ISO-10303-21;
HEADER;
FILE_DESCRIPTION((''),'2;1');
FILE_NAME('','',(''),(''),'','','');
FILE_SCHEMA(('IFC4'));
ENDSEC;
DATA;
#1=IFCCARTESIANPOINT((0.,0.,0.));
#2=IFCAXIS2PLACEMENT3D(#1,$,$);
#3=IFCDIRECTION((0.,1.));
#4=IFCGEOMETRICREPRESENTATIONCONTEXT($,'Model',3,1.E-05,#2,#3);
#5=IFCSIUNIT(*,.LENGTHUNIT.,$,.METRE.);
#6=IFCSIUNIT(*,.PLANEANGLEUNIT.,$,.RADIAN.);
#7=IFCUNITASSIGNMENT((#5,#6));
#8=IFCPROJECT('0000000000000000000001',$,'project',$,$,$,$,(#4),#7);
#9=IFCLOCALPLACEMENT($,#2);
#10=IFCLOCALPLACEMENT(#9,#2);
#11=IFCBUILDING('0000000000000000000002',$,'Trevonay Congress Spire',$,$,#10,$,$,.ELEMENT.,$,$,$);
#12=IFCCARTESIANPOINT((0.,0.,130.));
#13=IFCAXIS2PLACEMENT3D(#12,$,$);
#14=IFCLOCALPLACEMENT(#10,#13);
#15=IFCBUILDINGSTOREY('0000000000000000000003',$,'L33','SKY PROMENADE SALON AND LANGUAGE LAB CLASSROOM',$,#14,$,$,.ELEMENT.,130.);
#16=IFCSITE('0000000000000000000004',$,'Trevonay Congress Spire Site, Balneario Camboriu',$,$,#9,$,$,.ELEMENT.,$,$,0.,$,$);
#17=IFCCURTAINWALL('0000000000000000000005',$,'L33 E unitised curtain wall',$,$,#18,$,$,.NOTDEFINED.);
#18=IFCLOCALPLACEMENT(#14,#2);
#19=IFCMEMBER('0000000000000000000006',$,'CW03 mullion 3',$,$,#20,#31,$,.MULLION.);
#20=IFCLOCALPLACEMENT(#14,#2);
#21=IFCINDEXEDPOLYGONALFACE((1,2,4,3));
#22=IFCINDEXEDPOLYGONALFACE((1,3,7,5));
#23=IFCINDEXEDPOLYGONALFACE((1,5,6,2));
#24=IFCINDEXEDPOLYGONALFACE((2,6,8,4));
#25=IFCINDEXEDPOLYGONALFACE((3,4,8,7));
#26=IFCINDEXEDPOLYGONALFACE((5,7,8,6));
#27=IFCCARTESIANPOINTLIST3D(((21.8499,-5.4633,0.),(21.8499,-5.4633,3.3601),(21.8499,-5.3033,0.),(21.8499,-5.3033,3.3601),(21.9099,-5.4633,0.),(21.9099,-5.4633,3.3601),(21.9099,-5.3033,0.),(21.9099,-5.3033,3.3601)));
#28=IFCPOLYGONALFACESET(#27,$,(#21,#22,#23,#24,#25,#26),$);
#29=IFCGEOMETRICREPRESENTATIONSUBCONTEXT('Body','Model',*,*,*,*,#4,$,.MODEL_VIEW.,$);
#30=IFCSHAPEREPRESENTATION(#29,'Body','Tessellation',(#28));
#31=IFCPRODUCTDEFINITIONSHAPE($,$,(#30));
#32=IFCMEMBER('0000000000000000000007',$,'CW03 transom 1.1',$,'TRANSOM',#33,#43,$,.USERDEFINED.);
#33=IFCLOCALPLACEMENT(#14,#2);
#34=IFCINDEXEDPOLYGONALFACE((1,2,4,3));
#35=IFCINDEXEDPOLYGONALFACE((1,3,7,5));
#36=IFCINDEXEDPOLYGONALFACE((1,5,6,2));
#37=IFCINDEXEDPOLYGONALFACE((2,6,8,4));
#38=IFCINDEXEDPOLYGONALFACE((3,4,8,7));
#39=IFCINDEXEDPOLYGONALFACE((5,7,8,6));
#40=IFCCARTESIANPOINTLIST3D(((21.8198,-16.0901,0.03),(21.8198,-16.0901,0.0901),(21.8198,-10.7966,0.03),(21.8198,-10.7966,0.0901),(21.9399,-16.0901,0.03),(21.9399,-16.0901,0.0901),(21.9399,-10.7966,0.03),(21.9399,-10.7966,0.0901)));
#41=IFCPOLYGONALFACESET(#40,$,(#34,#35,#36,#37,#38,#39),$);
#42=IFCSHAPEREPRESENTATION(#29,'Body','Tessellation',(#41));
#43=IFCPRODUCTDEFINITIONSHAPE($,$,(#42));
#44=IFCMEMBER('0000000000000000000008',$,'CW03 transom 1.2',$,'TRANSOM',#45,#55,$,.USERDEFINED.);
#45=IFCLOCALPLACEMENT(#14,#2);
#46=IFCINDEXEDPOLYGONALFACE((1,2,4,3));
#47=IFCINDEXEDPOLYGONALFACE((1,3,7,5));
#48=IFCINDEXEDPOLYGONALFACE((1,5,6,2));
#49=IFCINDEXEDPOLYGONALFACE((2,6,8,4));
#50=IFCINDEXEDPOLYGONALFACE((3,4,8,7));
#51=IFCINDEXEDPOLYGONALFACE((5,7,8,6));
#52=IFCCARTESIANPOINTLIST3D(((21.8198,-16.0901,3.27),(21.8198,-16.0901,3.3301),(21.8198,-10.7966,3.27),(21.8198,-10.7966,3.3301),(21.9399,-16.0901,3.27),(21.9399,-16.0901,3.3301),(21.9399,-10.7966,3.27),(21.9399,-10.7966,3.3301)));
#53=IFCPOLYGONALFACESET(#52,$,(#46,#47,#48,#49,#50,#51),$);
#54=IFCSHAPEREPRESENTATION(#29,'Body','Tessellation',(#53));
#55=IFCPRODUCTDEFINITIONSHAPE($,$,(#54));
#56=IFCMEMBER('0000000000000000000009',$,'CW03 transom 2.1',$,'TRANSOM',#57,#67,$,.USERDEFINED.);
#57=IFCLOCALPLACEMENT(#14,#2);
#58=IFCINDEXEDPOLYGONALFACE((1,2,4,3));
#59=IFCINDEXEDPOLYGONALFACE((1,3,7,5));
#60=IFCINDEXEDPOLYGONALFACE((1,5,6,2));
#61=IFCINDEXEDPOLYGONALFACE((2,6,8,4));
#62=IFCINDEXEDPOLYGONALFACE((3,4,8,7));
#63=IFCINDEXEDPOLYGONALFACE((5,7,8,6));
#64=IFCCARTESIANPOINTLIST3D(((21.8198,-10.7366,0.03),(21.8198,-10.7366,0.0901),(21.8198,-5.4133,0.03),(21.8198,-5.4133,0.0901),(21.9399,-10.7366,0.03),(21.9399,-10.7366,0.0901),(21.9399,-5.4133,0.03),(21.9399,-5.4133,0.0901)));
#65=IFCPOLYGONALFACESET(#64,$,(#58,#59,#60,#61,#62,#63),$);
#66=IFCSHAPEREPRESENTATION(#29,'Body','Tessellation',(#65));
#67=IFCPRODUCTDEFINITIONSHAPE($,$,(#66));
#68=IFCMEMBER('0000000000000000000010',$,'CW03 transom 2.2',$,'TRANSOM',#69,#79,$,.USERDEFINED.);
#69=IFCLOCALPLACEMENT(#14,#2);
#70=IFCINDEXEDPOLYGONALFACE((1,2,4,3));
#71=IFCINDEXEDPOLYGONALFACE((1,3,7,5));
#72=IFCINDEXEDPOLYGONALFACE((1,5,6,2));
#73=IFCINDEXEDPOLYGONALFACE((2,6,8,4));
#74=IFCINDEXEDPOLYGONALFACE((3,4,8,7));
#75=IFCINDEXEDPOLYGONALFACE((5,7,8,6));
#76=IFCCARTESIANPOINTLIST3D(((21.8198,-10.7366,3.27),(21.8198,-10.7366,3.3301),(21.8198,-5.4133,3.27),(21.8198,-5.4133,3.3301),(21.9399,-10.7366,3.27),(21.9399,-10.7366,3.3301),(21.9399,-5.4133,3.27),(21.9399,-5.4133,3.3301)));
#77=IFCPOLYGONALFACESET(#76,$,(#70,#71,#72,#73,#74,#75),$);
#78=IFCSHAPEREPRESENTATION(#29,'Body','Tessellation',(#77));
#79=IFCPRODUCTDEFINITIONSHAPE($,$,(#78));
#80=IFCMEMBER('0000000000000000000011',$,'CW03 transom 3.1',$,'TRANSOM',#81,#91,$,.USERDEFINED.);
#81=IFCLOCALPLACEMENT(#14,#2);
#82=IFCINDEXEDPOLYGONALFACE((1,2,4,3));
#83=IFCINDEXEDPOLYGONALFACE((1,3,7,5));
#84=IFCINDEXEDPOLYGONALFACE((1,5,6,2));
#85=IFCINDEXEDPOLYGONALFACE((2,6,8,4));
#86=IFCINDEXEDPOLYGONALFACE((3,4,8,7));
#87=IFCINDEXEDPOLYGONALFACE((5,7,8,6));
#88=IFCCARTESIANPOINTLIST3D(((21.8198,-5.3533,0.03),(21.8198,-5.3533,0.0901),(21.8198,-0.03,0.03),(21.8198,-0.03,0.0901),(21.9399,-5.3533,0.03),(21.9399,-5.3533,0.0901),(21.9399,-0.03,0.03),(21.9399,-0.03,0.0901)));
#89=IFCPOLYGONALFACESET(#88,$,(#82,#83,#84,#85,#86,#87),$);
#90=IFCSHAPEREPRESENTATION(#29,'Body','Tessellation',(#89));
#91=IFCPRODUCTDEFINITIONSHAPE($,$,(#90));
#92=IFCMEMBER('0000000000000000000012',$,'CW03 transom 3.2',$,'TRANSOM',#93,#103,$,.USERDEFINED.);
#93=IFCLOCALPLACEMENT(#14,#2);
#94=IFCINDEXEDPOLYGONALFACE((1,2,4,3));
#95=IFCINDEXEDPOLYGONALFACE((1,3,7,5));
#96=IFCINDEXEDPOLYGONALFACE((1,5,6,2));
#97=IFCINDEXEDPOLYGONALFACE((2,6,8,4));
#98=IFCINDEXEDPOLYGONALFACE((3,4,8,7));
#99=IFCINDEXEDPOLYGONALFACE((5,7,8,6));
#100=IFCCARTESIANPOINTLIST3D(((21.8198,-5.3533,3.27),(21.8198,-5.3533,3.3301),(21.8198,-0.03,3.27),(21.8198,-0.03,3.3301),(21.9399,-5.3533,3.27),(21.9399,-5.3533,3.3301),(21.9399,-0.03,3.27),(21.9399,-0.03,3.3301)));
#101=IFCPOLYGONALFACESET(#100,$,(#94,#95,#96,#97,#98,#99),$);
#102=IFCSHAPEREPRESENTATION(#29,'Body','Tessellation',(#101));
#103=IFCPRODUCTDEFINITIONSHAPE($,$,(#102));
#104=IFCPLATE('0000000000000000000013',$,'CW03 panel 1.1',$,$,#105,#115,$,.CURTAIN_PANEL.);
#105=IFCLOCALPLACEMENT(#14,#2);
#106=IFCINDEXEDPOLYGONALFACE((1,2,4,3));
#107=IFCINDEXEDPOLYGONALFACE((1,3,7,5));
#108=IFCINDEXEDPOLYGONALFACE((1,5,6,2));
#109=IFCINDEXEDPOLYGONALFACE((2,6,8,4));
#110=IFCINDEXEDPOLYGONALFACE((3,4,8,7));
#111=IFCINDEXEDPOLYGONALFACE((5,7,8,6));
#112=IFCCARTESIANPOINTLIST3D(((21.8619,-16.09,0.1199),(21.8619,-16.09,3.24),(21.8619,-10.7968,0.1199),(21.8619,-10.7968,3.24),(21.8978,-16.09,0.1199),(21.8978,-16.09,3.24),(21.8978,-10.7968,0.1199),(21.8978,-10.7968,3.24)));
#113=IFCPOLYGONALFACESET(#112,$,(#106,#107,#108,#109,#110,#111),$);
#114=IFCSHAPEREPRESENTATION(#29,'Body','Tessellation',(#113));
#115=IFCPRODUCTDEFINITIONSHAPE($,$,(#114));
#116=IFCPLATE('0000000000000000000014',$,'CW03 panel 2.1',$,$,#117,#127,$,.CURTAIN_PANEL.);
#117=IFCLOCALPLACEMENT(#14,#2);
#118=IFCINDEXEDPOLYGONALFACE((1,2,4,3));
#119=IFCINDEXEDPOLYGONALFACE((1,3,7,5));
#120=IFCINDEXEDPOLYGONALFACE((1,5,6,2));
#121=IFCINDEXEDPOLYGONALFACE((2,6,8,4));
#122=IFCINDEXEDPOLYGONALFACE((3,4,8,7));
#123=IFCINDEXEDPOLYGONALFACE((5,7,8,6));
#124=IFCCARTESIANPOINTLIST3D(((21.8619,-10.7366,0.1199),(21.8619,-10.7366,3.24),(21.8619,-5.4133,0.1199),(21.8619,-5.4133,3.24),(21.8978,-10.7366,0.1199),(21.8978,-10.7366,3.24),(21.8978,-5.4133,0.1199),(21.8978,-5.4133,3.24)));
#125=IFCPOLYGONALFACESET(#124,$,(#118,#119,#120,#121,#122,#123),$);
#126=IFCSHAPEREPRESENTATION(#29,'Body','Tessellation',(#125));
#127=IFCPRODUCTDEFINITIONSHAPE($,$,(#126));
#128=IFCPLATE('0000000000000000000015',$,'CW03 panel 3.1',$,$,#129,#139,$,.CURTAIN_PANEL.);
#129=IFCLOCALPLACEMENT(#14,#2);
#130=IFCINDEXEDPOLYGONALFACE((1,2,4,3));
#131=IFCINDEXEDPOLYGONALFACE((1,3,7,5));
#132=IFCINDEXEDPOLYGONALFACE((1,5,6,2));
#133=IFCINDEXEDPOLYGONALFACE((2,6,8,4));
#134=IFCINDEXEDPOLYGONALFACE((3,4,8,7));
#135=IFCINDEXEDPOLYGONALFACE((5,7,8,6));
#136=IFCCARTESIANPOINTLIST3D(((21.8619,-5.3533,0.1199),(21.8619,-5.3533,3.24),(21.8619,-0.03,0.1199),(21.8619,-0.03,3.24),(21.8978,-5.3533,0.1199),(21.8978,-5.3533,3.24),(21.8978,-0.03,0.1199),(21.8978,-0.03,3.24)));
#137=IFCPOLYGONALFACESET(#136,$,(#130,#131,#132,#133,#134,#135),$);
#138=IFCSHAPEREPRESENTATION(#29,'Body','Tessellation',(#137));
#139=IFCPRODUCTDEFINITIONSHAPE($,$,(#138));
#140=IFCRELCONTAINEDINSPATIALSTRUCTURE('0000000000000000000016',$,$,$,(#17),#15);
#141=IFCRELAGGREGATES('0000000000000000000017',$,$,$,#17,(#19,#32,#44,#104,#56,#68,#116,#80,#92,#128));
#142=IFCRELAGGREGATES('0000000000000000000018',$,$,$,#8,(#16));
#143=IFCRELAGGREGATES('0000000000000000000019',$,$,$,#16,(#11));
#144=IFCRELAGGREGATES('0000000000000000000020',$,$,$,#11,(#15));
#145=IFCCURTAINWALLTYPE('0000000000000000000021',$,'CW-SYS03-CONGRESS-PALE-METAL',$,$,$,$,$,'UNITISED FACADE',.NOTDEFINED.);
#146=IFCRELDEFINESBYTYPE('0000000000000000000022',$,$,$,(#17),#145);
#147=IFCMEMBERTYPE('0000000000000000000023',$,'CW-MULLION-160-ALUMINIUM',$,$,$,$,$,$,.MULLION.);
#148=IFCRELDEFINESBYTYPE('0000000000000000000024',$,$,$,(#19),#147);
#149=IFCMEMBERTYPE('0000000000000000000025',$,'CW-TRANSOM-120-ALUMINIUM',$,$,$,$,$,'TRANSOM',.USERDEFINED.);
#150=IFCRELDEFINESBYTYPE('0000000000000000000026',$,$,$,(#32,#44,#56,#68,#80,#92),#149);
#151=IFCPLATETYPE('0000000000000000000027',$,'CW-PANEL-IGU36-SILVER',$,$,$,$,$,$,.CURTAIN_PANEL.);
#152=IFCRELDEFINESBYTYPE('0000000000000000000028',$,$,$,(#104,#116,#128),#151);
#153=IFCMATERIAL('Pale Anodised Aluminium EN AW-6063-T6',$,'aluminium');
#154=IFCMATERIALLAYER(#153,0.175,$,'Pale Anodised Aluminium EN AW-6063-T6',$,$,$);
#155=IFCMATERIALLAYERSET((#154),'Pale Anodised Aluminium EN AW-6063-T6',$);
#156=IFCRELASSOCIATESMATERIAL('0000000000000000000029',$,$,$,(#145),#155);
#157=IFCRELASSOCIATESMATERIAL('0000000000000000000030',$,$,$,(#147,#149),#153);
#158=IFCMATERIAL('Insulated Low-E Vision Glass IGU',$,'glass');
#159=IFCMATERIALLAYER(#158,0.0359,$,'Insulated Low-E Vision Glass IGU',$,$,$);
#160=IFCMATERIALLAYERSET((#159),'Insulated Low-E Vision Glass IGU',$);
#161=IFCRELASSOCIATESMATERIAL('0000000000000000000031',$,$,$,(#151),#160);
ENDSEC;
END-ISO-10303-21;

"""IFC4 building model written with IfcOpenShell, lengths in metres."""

from ifc_helpers import new_model, si_unit, direction, frame, origin, origin_2d, place, context, subcontext, project, spatial, rectangle, extrude, material, layer, layer_set, material_profile, profile_set, type_object, element, aggregate, save


model = new_model("IFC4")

# Units and contexts
model_context = context("Model", 3, precision=1e-05, world=origin(), true_north=direction((0.0, 1.0)))
body_context = subcontext(model_context, "Body", "Model", "MODEL_VIEW")
ifc_project = project(units=[si_unit("LENGTHUNIT", "METRE"), si_unit("PLANEANGLEUNIT", "RADIAN")], contexts=[model_context])

# Site, building, storey
site_placement = place(None, origin())
site = spatial("IfcSite", under=ifc_project, at=site_placement, Name="Trevonay Congress Spire Site, Balneario Camboriu", CompositionType="ELEMENT", RefElevation=0.0)
building_placement = place(site_placement, origin())
building = spatial("IfcBuilding", under=site, at=building_placement, Name="Trevonay Congress Spire", CompositionType="ELEMENT")
storey_placement = place(building_placement, frame((0.0, 0.0, 130.0)))
storey = spatial("IfcBuildingStorey", under=building, at=storey_placement, Name="L33", Description="SKY PROMENADE SALON AND LANGUAGE LAB CLASSROOM", CompositionType="ELEMENT", Elevation=130.0)

# Curtain wall, members, plates
ifc_material_1 = material(Name="Pale Anodised Aluminium EN AW-6063-T6", Category="aluminium")
ifc_layer_1 = layer(ifc_material_1, 0.175, Name="Pale Anodised Aluminium EN AW-6063-T6")
ifc_layer_set_1 = layer_set([ifc_layer_1], Name="Pale Anodised Aluminium EN AW-6063-T6")
curtain_wall_type = type_object("IfcCurtainWallType", Name="CW-SYS03-CONGRESS-PALE-METAL", ElementType="UNITISED FACADE", PredefinedType="NOTDEFINED", material=ifc_layer_set_1)
curtain_wall_placement = place(storey_placement, origin())
curtain_wall = element("IfcCurtainWall", 1, at=curtain_wall_placement, inside=storey, type_object=curtain_wall_type, Name="L33 E unitised curtain wall", PredefinedType="NOTDEFINED")
ifc_material_profile_1 = material_profile(ifc_material_1, rectangle(XDim=0.0601, YDim=0.1599, at=origin_2d()), Name="CW-MULLION-160-ALUMINIUM")
ifc_profile_set_1 = profile_set([ifc_material_profile_1], Name="Pale Anodised Aluminium EN AW-6063-T6")
member_type_1 = type_object("IfcMemberType", Name="CW-MULLION-160-ALUMINIUM", PredefinedType="MULLION", material=ifc_profile_set_1)
member_1_placement = place(storey_placement, frame((21.8799, -5.3833, 0.0), z_axis=(0.0, 0.0, 1.0), x_axis=(-1.0, 0.0, 0.0)))
member_1 = element("IfcMember", 2, at=member_1_placement, type_object=member_type_1, Name="CW03 mullion 3", PredefinedType="MULLION", context=body_context, shape_type="SweptSolid", body=[
    extrude(rectangle(XDim=0.0601, YDim=0.1599, at=origin_2d()), origin(), (0.0, 0.0, 1.0), 3.3601),
])
ifc_material_profile_2 = material_profile(ifc_material_1, rectangle(XDim=0.1201, YDim=0.0601, at=origin_2d()), Name="CW-TRANSOM-120-ALUMINIUM")
ifc_profile_set_2 = profile_set([ifc_material_profile_2], Name="Pale Anodised Aluminium EN AW-6063-T6")
member_type_2 = type_object("IfcMemberType", Name="CW-TRANSOM-120-ALUMINIUM", ElementType="TRANSOM", PredefinedType="USERDEFINED", material=ifc_profile_set_2)
member_2_placement = place(storey_placement, frame((21.8799, -16.0901, 0.0601), z_axis=(0.0, 1.0, 0.0), x_axis=(-1.0, 0.0, 0.0)))
member_2 = element("IfcMember", 3, at=member_2_placement, type_object=member_type_2, Name="CW03 transom 1.1", ObjectType="TRANSOM", PredefinedType="USERDEFINED", context=body_context, shape_type="SweptSolid", body=[
    extrude(rectangle(XDim=0.1201, YDim=0.0601, at=origin_2d()), origin(), (0.0, 0.0, 1.0), 5.2935),
])
member_3_placement = place(storey_placement, frame((21.8799, -16.0901, 3.3), z_axis=(0.0, 1.0, 0.0), x_axis=(-1.0, 0.0, 0.0)))
member_3 = element("IfcMember", 4, at=member_3_placement, type_object=member_type_2, Name="CW03 transom 1.2", ObjectType="TRANSOM", PredefinedType="USERDEFINED", context=body_context, shape_type="SweptSolid", body=[
    extrude(rectangle(XDim=0.1201, YDim=0.0601, at=origin_2d()), origin(), (0.0, 0.0, 1.0), 5.2935),
])
member_4_placement = place(storey_placement, frame((21.8799, -10.7366, 0.0601), z_axis=(0.0, 1.0, 0.0), x_axis=(-1.0, 0.0, 0.0)))
member_4 = element("IfcMember", 5, at=member_4_placement, type_object=member_type_2, Name="CW03 transom 2.1", ObjectType="TRANSOM", PredefinedType="USERDEFINED", context=body_context, shape_type="SweptSolid", body=[
    extrude(rectangle(XDim=0.1201, YDim=0.0601, at=origin_2d()), origin(), (0.0, 0.0, 1.0), 5.3232),
])
member_5_placement = place(storey_placement, frame((21.8799, -10.7366, 3.3), z_axis=(0.0, 1.0, 0.0), x_axis=(-1.0, 0.0, 0.0)))
member_5 = element("IfcMember", 6, at=member_5_placement, type_object=member_type_2, Name="CW03 transom 2.2", ObjectType="TRANSOM", PredefinedType="USERDEFINED", context=body_context, shape_type="SweptSolid", body=[
    extrude(rectangle(XDim=0.1201, YDim=0.0601, at=origin_2d()), origin(), (0.0, 0.0, 1.0), 5.3232),
])
member_6_placement = place(storey_placement, frame((21.8799, -5.3533, 0.0601), z_axis=(0.0, 1.0, 0.0), x_axis=(-1.0, 0.0, 0.0)))
member_6 = element("IfcMember", 7, at=member_6_placement, type_object=member_type_2, Name="CW03 transom 3.1", ObjectType="TRANSOM", PredefinedType="USERDEFINED", context=body_context, shape_type="SweptSolid", body=[
    extrude(rectangle(XDim=0.1201, YDim=0.0601, at=origin_2d()), origin(), (0.0, 0.0, 1.0), 5.3232),
])
member_7_placement = place(storey_placement, frame((21.8799, -5.3533, 3.3), z_axis=(0.0, 1.0, 0.0), x_axis=(-1.0, 0.0, 0.0)))
member_7 = element("IfcMember", 8, at=member_7_placement, type_object=member_type_2, Name="CW03 transom 3.2", ObjectType="TRANSOM", PredefinedType="USERDEFINED", context=body_context, shape_type="SweptSolid", body=[
    extrude(rectangle(XDim=0.1201, YDim=0.0601, at=origin_2d()), origin(), (0.0, 0.0, 1.0), 5.3232),
])
ifc_material_2 = material(Name="Insulated Low-E Vision Glass IGU", Category="glass")
ifc_layer_2 = layer(ifc_material_2, 0.0359, Name="Insulated Low-E Vision Glass IGU")
ifc_layer_set_2 = layer_set([ifc_layer_2], Name="Insulated Low-E Vision Glass IGU")
plate_type = type_object("IfcPlateType", Name="CW-PANEL-IGU36-SILVER", PredefinedType="CURTAIN_PANEL", material=ifc_layer_set_2)
plate_1_placement = place(storey_placement, frame((21.8799, -13.4434, 0.1199), z_axis=(0.0, 0.0, 1.0), x_axis=(0.0, 1.0, 0.0)))
plate_1 = element("IfcPlate", 9, at=plate_1_placement, type_object=plate_type, Name="CW03 panel 1.1", PredefinedType="CURTAIN_PANEL", context=body_context, shape_type="SweptSolid", body=[
    extrude(rectangle(XDim=5.2932, YDim=0.0359, at=origin_2d()), origin(), (0.0, 0.0, 1.0), 3.1201),
])
plate_2_placement = place(storey_placement, frame((21.8799, -8.075, 0.1199), z_axis=(0.0, 0.0, 1.0), x_axis=(0.0, 1.0, 0.0)))
plate_2 = element("IfcPlate", 10, at=plate_2_placement, type_object=plate_type, Name="CW03 panel 2.1", PredefinedType="CURTAIN_PANEL", context=body_context, shape_type="SweptSolid", body=[
    extrude(rectangle(XDim=5.3232, YDim=0.0359, at=origin_2d()), origin(), (0.0, 0.0, 1.0), 3.1201),
])
plate_3_placement = place(storey_placement, frame((21.8799, -2.6917, 0.1199), z_axis=(0.0, 0.0, 1.0), x_axis=(0.0, 1.0, 0.0)))
plate_3 = element("IfcPlate", 11, at=plate_3_placement, type_object=plate_type, Name="CW03 panel 3.1", PredefinedType="CURTAIN_PANEL", context=body_context, shape_type="SweptSolid", body=[
    extrude(rectangle(XDim=5.3232, YDim=0.0359, at=origin_2d()), origin(), (0.0, 0.0, 1.0), 3.1201),
])
aggregate(curtain_wall, [member_1, member_2, member_3, plate_1, member_4, member_5, plate_2, member_6, member_7, plate_3])

save(model, "model.ifc")
